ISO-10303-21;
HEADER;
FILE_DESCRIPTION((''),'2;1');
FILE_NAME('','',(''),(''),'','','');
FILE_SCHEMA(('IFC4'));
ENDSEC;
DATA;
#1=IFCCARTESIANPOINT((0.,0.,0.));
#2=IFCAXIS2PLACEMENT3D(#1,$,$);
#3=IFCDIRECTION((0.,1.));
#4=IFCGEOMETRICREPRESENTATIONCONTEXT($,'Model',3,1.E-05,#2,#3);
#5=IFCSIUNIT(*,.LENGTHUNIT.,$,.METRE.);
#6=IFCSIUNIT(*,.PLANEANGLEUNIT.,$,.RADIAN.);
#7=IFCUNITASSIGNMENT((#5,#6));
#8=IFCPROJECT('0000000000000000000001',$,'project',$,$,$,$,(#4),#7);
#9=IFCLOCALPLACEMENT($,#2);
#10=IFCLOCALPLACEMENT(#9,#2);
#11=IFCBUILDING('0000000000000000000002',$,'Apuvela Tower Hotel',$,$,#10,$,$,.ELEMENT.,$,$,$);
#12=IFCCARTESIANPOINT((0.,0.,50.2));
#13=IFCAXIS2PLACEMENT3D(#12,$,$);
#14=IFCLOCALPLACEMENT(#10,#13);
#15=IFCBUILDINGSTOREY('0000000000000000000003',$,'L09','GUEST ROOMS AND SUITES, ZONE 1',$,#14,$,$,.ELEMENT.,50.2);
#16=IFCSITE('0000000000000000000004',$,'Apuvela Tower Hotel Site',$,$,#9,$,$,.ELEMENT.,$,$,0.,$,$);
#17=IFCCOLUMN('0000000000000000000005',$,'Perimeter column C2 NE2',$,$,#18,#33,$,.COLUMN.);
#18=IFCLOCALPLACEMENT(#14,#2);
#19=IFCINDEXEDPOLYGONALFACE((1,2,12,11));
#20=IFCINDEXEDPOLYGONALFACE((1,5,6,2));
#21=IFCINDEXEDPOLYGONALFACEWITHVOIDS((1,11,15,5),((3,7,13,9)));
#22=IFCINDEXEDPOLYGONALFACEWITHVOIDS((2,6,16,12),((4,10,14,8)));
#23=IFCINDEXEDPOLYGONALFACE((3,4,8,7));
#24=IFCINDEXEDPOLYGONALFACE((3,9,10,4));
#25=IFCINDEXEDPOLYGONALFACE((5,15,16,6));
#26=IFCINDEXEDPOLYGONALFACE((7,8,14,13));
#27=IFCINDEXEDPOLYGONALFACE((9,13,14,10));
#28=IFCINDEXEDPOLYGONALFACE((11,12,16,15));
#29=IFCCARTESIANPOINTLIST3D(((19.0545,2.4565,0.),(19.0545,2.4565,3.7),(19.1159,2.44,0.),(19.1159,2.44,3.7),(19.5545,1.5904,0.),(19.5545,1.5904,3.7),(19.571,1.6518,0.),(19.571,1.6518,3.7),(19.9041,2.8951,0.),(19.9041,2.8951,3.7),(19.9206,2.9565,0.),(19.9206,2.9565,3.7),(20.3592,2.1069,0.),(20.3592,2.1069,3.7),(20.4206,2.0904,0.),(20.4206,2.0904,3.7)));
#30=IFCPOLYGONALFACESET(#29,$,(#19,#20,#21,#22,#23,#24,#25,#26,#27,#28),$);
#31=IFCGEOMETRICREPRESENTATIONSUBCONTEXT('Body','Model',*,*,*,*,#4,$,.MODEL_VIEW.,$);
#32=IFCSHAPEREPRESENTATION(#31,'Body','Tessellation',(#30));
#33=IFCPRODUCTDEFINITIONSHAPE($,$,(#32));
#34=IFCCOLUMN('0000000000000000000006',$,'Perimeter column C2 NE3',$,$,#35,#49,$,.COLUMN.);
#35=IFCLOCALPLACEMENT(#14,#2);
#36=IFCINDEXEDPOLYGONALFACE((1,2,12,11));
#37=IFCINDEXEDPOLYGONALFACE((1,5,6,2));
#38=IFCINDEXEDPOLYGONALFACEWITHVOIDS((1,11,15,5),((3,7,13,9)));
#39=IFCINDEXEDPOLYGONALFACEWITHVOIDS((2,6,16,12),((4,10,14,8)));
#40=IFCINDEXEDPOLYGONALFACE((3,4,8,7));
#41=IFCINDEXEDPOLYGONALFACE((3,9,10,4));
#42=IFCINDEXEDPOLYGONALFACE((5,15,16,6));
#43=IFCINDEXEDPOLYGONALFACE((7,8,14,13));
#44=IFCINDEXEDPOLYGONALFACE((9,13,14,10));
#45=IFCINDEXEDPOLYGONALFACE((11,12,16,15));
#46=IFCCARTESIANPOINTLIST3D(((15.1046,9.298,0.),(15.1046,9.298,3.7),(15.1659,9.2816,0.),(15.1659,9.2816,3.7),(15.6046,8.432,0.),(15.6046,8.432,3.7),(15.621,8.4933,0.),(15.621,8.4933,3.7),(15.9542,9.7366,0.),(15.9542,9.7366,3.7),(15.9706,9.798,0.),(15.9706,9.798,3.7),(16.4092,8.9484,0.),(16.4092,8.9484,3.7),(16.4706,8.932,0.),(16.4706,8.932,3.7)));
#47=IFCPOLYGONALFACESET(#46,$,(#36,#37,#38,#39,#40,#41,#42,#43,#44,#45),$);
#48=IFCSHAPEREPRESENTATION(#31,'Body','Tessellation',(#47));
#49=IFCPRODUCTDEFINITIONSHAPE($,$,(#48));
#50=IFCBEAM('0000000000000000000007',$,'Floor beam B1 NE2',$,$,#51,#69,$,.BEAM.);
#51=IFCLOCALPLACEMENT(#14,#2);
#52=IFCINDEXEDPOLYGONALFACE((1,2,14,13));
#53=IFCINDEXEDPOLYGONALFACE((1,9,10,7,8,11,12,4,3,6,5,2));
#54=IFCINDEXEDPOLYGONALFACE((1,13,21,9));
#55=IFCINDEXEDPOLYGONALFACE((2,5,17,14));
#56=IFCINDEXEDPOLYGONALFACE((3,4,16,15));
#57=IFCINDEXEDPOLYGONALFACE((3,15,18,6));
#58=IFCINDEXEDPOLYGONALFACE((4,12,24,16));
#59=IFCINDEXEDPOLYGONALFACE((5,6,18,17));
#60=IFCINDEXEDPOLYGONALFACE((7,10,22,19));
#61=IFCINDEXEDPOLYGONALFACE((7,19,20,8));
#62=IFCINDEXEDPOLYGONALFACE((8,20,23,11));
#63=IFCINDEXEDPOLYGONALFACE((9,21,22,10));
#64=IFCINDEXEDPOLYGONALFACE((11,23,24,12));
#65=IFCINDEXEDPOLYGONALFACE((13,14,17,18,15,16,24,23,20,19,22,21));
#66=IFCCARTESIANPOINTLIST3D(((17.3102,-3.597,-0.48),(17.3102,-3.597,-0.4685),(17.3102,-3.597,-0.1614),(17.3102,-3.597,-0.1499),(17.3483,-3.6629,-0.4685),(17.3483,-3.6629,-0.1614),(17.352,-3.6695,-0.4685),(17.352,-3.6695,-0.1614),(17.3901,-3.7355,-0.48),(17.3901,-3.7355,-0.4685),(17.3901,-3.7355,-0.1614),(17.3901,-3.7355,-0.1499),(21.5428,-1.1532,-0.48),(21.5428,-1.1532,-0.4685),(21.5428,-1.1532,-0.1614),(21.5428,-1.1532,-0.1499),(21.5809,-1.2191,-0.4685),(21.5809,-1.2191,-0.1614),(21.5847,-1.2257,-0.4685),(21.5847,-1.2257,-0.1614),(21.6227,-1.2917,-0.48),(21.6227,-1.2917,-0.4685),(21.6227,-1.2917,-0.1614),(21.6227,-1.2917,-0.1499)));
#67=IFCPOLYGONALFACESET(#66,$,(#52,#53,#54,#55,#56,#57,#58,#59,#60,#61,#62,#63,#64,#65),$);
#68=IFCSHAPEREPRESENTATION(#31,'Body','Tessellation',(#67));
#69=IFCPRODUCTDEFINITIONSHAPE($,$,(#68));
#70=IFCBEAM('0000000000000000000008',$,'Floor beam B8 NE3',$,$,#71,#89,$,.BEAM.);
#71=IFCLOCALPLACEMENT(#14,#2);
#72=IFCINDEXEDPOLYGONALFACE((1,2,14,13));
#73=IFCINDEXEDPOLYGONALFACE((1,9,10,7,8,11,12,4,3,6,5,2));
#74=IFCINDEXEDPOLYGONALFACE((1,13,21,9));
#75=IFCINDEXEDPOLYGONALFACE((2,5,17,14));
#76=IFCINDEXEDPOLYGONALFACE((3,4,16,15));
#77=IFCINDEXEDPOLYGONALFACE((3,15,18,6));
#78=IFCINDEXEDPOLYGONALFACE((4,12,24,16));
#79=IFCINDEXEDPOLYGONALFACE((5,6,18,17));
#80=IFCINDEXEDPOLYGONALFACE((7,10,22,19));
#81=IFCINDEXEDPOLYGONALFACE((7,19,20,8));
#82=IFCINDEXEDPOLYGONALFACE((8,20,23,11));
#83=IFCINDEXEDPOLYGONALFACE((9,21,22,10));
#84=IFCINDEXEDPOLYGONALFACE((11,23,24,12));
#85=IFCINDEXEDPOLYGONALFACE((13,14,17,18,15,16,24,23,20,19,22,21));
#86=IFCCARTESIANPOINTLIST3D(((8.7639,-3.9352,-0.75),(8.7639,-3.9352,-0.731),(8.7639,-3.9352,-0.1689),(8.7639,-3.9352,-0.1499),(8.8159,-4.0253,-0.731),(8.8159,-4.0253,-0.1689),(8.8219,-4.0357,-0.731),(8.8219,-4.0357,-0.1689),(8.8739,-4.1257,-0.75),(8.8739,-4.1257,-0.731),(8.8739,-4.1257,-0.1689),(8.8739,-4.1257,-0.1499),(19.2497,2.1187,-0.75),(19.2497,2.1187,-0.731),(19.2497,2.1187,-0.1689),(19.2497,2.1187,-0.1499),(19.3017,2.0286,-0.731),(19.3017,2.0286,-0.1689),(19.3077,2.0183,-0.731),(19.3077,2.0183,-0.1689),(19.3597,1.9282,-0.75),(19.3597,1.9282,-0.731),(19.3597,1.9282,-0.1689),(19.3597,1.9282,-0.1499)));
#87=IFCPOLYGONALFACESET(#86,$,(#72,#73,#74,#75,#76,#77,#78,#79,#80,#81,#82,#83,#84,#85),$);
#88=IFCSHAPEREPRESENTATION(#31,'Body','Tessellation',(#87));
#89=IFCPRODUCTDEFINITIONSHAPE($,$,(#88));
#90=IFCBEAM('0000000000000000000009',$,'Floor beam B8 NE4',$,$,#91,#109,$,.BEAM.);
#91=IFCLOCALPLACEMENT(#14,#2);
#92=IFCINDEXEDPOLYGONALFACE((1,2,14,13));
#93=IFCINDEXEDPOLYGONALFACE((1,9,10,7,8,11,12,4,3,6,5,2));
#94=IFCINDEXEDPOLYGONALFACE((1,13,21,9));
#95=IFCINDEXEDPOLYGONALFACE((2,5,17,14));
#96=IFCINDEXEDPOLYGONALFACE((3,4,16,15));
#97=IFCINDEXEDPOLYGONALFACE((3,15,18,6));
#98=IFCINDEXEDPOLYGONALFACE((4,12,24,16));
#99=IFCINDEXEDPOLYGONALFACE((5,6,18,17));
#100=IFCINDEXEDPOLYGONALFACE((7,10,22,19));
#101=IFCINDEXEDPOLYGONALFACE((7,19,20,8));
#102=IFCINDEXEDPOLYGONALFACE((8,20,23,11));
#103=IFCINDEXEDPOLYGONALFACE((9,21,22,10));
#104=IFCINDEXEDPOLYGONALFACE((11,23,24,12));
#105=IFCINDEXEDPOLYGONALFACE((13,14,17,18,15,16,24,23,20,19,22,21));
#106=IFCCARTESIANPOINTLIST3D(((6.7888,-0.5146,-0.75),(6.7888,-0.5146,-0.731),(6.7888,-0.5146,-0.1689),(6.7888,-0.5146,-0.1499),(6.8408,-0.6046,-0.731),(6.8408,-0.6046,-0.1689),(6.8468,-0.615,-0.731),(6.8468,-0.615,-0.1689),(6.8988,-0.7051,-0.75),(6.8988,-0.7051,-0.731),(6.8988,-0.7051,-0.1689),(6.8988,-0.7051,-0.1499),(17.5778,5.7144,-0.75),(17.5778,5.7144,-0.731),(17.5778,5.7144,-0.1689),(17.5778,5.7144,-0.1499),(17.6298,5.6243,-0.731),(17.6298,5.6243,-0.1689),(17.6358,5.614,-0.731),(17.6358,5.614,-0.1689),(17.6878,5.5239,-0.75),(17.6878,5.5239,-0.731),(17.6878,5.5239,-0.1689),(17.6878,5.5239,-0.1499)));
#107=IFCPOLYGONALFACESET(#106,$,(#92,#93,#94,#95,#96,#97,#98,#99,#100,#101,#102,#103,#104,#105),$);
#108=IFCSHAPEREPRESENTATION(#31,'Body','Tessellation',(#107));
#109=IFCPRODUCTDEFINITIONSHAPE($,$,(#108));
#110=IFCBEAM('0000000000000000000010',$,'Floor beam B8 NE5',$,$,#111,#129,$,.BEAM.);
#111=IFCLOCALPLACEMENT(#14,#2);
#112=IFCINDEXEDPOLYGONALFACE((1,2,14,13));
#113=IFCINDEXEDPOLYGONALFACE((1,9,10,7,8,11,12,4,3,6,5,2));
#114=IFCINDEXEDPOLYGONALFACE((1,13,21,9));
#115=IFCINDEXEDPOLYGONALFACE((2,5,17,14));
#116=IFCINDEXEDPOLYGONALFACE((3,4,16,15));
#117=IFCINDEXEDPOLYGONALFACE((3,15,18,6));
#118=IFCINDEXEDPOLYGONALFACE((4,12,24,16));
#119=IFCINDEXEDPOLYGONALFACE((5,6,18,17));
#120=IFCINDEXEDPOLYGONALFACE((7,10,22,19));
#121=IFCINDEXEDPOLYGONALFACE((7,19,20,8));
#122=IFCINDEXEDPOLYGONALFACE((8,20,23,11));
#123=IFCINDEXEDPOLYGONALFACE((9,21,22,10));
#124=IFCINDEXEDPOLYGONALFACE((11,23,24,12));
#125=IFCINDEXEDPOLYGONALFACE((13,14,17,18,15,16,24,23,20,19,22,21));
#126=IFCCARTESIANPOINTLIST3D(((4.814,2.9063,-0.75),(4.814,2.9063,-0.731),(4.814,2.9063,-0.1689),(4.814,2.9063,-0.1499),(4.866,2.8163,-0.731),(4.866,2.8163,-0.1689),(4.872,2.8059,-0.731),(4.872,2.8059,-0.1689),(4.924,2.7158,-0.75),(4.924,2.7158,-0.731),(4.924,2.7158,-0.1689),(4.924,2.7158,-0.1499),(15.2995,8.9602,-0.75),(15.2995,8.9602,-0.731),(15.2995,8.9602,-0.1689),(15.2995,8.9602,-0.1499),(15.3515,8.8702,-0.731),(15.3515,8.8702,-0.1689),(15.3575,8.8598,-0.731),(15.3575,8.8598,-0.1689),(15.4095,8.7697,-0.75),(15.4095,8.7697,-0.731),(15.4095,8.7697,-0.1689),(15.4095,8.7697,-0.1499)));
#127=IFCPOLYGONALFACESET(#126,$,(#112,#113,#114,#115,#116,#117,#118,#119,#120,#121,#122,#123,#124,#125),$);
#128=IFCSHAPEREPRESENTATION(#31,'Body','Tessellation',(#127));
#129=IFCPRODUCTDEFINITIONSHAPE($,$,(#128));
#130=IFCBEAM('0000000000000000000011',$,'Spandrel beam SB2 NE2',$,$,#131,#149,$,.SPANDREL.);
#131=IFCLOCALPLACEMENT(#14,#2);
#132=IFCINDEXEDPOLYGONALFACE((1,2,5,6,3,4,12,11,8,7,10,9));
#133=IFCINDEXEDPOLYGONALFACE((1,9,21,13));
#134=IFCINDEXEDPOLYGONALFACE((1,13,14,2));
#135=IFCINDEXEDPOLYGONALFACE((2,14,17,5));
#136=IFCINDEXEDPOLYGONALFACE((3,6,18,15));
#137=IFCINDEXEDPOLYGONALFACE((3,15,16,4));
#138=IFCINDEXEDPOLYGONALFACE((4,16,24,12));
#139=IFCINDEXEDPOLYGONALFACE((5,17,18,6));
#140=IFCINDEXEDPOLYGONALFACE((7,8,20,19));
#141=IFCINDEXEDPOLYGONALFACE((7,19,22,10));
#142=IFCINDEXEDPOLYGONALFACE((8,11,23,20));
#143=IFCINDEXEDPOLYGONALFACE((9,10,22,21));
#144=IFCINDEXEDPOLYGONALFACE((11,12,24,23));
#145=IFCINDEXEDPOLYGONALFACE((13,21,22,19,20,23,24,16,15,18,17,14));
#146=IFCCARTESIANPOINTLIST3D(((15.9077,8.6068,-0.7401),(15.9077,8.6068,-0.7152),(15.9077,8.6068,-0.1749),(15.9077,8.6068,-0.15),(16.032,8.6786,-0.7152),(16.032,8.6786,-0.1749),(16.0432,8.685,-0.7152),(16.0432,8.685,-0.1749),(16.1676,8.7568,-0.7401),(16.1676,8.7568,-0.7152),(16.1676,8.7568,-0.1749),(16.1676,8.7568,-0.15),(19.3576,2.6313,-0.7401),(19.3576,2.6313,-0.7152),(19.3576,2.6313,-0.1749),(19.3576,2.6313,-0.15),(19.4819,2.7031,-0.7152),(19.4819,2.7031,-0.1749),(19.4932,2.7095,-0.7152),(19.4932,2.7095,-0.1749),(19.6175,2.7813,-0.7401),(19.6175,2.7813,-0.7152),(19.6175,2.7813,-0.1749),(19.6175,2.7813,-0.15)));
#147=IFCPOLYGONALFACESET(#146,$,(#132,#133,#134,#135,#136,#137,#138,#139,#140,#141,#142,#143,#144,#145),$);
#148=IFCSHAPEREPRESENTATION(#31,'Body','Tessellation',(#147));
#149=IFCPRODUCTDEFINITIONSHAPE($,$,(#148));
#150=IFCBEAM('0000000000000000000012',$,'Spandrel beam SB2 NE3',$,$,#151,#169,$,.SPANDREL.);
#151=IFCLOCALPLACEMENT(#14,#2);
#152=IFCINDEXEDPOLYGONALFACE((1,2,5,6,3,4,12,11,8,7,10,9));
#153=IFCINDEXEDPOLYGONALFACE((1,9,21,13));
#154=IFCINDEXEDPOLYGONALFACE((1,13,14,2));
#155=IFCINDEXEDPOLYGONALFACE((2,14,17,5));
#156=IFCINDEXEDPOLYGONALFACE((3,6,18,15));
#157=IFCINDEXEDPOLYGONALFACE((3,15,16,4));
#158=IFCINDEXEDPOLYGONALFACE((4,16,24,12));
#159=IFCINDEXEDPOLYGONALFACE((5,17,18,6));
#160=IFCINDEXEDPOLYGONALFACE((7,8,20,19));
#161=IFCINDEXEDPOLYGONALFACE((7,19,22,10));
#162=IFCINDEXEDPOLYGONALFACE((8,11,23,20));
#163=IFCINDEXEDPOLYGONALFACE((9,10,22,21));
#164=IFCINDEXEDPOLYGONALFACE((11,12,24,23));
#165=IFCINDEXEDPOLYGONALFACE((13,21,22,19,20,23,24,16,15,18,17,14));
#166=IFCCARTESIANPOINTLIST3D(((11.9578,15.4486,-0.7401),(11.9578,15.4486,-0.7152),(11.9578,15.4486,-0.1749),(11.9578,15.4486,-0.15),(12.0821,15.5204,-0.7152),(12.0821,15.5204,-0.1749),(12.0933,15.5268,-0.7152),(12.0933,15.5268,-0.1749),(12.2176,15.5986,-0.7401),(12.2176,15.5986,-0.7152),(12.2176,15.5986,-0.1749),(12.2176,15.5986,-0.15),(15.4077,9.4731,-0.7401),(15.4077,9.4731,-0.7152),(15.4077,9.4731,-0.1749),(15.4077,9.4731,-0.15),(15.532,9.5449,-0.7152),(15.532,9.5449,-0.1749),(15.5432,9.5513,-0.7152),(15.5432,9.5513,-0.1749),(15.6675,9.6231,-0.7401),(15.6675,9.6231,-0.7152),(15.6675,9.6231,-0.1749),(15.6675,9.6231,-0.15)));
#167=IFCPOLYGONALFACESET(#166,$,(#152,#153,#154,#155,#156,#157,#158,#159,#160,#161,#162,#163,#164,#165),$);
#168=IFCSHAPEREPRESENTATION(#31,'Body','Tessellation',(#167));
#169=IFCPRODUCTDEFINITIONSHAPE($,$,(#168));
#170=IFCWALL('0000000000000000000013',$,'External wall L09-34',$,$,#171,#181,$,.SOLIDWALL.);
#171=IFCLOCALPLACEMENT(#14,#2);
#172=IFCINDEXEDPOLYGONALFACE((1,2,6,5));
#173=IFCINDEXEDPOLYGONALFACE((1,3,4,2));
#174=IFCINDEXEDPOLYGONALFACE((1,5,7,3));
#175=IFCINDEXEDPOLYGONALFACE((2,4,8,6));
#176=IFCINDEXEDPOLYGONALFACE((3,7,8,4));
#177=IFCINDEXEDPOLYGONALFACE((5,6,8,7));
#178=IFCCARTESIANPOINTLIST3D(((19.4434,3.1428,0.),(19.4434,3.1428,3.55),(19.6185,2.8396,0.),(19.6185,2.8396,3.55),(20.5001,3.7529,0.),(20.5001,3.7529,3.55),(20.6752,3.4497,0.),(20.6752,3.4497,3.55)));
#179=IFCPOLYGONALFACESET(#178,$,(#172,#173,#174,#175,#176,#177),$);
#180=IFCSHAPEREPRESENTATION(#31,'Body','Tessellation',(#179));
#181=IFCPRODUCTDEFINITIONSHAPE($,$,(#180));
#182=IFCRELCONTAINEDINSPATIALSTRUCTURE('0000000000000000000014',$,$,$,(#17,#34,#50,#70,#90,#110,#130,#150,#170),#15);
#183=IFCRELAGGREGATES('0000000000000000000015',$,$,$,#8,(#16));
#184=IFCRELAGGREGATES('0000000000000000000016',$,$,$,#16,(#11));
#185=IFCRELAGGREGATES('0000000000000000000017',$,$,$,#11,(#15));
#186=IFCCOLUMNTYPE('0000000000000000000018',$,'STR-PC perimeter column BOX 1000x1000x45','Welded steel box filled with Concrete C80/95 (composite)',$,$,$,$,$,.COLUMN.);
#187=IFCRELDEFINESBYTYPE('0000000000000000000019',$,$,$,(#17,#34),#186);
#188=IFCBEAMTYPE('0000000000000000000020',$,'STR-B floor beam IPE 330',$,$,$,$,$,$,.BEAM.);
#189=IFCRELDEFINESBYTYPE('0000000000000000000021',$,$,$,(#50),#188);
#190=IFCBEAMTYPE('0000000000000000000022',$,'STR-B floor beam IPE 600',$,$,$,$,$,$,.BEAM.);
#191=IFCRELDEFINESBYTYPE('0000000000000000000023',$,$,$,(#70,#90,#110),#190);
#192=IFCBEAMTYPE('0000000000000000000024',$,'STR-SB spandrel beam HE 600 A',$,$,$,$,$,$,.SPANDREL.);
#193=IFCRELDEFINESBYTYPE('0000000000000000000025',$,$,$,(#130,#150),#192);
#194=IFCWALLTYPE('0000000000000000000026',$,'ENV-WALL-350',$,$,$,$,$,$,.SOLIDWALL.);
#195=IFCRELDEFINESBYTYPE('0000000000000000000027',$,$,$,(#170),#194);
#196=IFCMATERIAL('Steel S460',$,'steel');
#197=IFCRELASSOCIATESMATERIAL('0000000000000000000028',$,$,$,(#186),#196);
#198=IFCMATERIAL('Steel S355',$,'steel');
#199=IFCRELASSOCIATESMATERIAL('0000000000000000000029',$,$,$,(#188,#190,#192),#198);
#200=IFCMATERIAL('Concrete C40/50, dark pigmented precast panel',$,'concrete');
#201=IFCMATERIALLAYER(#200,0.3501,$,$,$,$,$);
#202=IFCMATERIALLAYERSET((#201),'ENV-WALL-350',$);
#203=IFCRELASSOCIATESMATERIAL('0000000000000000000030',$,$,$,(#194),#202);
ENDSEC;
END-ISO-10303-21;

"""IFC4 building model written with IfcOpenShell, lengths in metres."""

from ifc_helpers import new_model, si_unit, direction, frame, frame_2d, origin, origin_2d, place, context, subcontext, project, spatial, rectangle, hollow_rectangle, i_section, extrude, material, layer, layer_set, material_profile, profile_set, type_object, element, save


model = new_model("IFC4")

# Units and contexts
model_context = context("Model", 3, precision=1e-05, world=origin(), true_north=direction((0.0, 1.0)))
body_context = subcontext(model_context, "Body", "Model", "MODEL_VIEW")
ifc_project = project(units=[si_unit("LENGTHUNIT", "METRE"), si_unit("PLANEANGLEUNIT", "RADIAN")], contexts=[model_context])

# Site, building, storey
site_placement = place(None, origin())
site = spatial("IfcSite", under=ifc_project, at=site_placement, Name="Apuvela Tower Hotel Site", CompositionType="ELEMENT", RefElevation=0.0)
building_placement = place(site_placement, origin())
building = spatial("IfcBuilding", under=site, at=building_placement, Name="Apuvela Tower Hotel", CompositionType="ELEMENT")
storey_placement = place(building_placement, frame((0.0, 0.0, 50.2)))
storey = spatial("IfcBuildingStorey", under=building, at=storey_placement, Name="L09", Description="GUEST ROOMS AND SUITES, ZONE 1", CompositionType="ELEMENT", Elevation=50.2)

# Columns
ifc_material_1 = material(Name="Steel S460", Category="steel")
ifc_material_profile_1 = material_profile(ifc_material_1, hollow_rectangle(XDim=1.0, YDim=1.0, WallThickness=0.0449, at=origin_2d()), Name="BOX 1000x1000x45")
ifc_material_2 = material(Name="Concrete C80/95", Category="concrete")
ifc_material_profile_2 = material_profile(ifc_material_2, rectangle(XDim=0.9099, YDim=0.9099, at=origin_2d()), Name="Concrete C80/95 infill")
ifc_profile_set_1 = profile_set([ifc_material_profile_1, ifc_material_profile_2], Name="Steel S460")
column_type = type_object("IfcColumnType", Name="STR-PC perimeter column BOX 1000x1000x45", Description="Welded steel box filled with Concrete C80/95 (composite)", PredefinedType="COLUMN", material=ifc_profile_set_1)
for number, where, z_axis, x_axis, name in (
    (1, (19.7375, 2.2734, 0.0), (0.0, 0.0, 1.0), (-0.5, 0.866025, 0.0), "Perimeter column C2 NE2"),
    (2, (15.7876, 9.115, 0.0), (0.0, 0.0, 1.0), (-0.5, 0.866025, 0.0), "Perimeter column C2 NE3"),
):
    element("IfcColumn", number, at=place(storey_placement, frame(where, z_axis=z_axis, x_axis=x_axis)), inside=storey, type_object=column_type, Name=name, PredefinedType="COLUMN", context=body_context, shape_type="SweptSolid", body=[
        extrude(hollow_rectangle(XDim=1.0, YDim=1.0, WallThickness=0.0449, at=origin_2d()), origin(), (0.0, 0.0, 1.0), 3.7),
    ])

# Beams
ifc_material_3 = material(Name="Steel S355", Category="steel")
ifc_material_profile_3 = material_profile(ifc_material_3, i_section(OverallWidth=0.1599, OverallDepth=0.3301, WebThickness=0.0076, FlangeThickness=0.0115, at=origin_2d()), Name="IPE 330")
ifc_profile_set_2 = profile_set([ifc_material_profile_3], Name="Steel S355")
beam_type_1 = type_object("IfcBeamType", Name="STR-B floor beam IPE 330", PredefinedType="BEAM", material=ifc_profile_set_2)
beam_1_placement = place(storey_placement, frame((21.5828, -1.2224, -0.3149), z_axis=(-0.866015, -0.500018, 0.0), x_axis=(0.500018, -0.866015, 0.0)))
element("IfcBeam", 3, at=beam_1_placement, inside=storey, type_object=beam_type_1, Name="Floor beam B1 NE2", PredefinedType="BEAM", context=body_context, shape_type="SweptSolid", body=[
    extrude(i_section(OverallWidth=0.1599, OverallDepth=0.3301, WebThickness=0.0076, FlangeThickness=0.0115, at=origin_2d()), origin(), (0.0, 0.0, 1.0), 4.8875),
])
ifc_material_profile_4 = material_profile(ifc_material_3, i_section(OverallWidth=0.22, OverallDepth=0.6001, WebThickness=0.012, FlangeThickness=0.019, at=origin_2d()), Name="IPE 600")
ifc_profile_set_3 = profile_set([ifc_material_profile_4], Name="Steel S355")
beam_type_2 = type_object("IfcBeamType", Name="STR-B floor beam IPE 600", PredefinedType="BEAM", material=ifc_profile_set_3)
beam_2_placement = place(storey_placement, frame((19.3047, 2.0234, -0.45), z_axis=(-0.866027, -0.499997, 0.0), x_axis=(0.499997, -0.866027, 0.0)))
element("IfcBeam", 4, at=beam_2_placement, inside=storey, type_object=beam_type_2, Name="Floor beam B8 NE3", PredefinedType="BEAM", context=body_context, shape_type="SweptSolid", body=[
    extrude(i_section(OverallWidth=0.22, OverallDepth=0.6001, WebThickness=0.012, FlangeThickness=0.019, at=origin_2d()), origin(), (0.0, 0.0, 1.0), 12.1079),
])
beam_3_placement = place(storey_placement, frame((17.6328, 5.6191, -0.45), z_axis=(-0.866028, -0.499996, 0.0), x_axis=(0.499996, -0.866028, 0.0)))
element("IfcBeam", 5, at=beam_3_placement, inside=storey, type_object=beam_type_2, Name="Floor beam B8 NE4", PredefinedType="BEAM", context=body_context, shape_type="SweptSolid", body=[
    extrude(i_section(OverallWidth=0.22, OverallDepth=0.6001, WebThickness=0.012, FlangeThickness=0.019, at=origin_2d()), origin(), (0.0, 0.0, 1.0), 12.458),
])
beam_4_placement = place(storey_placement, frame((15.3545, 8.865, -0.45), z_axis=(-0.866022, -0.500006, 0.0), x_axis=(0.500006, -0.866022, 0.0)))
element("IfcBeam", 6, at=beam_4_placement, inside=storey, type_object=beam_type_2, Name="Floor beam B8 NE5", PredefinedType="BEAM", context=body_context, shape_type="SweptSolid", body=[
    extrude(i_section(OverallWidth=0.22, OverallDepth=0.6001, WebThickness=0.012, FlangeThickness=0.019, at=origin_2d()), origin(), (0.0, 0.0, 1.0), 12.1077),
])
ifc_material_profile_5 = material_profile(ifc_material_3, i_section(OverallWidth=0.3, OverallDepth=0.5901, WebThickness=0.0129, FlangeThickness=0.0249, at=origin_2d()), Name="HE 600 A")
ifc_profile_set_4 = profile_set([ifc_material_profile_5], Name="Steel S355")
beam_type_3 = type_object("IfcBeamType", Name="STR-SB spandrel beam HE 600 A", PredefinedType="SPANDREL", material=ifc_profile_set_4)
for number, where, z_axis, x_axis, name in (
    (7, (19.4875, 2.7063, -0.4451), (-0.499994, 0.866029, 0.0), (-0.866029, -0.499994, 0.0), "Spandrel beam SB2 NE2"),
    (8, (15.5376, 9.5481, -0.4451), (-0.499994, 0.866029, 0.0), (-0.866029, -0.499994, 0.0), "Spandrel beam SB2 NE3"),
):
    element("IfcBeam", number, at=place(storey_placement, frame(where, z_axis=z_axis, x_axis=x_axis)), inside=storey, type_object=beam_type_3, Name=name, PredefinedType="SPANDREL", context=body_context, shape_type="SweptSolid", body=[
        extrude(i_section(OverallWidth=0.3, OverallDepth=0.5901, WebThickness=0.0129, FlangeThickness=0.0249, at=origin_2d()), origin(), (0.0, 0.0, 1.0), 6.8999),
    ])

# Wall
ifc_material_4 = material(Name="Concrete C40/50, dark pigmented precast panel", Category="concrete")
ifc_layer_1 = layer(ifc_material_4, 0.3501)
ifc_layer_set_1 = layer_set([ifc_layer_1], Name="ENV-WALL-350")
wall_type_1 = type_object("IfcWallType", Name="ENV-WALL-350", PredefinedType="SOLIDWALL", material=ifc_layer_set_1)
wall_1_placement = place(storey_placement, frame((20.5876, 3.6013, 0.0), z_axis=(0.0, 0.0, 1.0), x_axis=(-0.866006, -0.500034, 0.0)))
element("IfcWall", 9, at=wall_1_placement, inside=storey, type_object=wall_type_1, Name="External wall L09-34", PredefinedType="SOLIDWALL", context=body_context, shape_type="SweptSolid", body=[
    extrude(rectangle(XDim=1.2202, YDim=0.3501, at=frame_2d((0.6101, 0.0))), origin(), (0.0, 0.0, 1.0), 3.55),
])

save(model, "model.ifc")
